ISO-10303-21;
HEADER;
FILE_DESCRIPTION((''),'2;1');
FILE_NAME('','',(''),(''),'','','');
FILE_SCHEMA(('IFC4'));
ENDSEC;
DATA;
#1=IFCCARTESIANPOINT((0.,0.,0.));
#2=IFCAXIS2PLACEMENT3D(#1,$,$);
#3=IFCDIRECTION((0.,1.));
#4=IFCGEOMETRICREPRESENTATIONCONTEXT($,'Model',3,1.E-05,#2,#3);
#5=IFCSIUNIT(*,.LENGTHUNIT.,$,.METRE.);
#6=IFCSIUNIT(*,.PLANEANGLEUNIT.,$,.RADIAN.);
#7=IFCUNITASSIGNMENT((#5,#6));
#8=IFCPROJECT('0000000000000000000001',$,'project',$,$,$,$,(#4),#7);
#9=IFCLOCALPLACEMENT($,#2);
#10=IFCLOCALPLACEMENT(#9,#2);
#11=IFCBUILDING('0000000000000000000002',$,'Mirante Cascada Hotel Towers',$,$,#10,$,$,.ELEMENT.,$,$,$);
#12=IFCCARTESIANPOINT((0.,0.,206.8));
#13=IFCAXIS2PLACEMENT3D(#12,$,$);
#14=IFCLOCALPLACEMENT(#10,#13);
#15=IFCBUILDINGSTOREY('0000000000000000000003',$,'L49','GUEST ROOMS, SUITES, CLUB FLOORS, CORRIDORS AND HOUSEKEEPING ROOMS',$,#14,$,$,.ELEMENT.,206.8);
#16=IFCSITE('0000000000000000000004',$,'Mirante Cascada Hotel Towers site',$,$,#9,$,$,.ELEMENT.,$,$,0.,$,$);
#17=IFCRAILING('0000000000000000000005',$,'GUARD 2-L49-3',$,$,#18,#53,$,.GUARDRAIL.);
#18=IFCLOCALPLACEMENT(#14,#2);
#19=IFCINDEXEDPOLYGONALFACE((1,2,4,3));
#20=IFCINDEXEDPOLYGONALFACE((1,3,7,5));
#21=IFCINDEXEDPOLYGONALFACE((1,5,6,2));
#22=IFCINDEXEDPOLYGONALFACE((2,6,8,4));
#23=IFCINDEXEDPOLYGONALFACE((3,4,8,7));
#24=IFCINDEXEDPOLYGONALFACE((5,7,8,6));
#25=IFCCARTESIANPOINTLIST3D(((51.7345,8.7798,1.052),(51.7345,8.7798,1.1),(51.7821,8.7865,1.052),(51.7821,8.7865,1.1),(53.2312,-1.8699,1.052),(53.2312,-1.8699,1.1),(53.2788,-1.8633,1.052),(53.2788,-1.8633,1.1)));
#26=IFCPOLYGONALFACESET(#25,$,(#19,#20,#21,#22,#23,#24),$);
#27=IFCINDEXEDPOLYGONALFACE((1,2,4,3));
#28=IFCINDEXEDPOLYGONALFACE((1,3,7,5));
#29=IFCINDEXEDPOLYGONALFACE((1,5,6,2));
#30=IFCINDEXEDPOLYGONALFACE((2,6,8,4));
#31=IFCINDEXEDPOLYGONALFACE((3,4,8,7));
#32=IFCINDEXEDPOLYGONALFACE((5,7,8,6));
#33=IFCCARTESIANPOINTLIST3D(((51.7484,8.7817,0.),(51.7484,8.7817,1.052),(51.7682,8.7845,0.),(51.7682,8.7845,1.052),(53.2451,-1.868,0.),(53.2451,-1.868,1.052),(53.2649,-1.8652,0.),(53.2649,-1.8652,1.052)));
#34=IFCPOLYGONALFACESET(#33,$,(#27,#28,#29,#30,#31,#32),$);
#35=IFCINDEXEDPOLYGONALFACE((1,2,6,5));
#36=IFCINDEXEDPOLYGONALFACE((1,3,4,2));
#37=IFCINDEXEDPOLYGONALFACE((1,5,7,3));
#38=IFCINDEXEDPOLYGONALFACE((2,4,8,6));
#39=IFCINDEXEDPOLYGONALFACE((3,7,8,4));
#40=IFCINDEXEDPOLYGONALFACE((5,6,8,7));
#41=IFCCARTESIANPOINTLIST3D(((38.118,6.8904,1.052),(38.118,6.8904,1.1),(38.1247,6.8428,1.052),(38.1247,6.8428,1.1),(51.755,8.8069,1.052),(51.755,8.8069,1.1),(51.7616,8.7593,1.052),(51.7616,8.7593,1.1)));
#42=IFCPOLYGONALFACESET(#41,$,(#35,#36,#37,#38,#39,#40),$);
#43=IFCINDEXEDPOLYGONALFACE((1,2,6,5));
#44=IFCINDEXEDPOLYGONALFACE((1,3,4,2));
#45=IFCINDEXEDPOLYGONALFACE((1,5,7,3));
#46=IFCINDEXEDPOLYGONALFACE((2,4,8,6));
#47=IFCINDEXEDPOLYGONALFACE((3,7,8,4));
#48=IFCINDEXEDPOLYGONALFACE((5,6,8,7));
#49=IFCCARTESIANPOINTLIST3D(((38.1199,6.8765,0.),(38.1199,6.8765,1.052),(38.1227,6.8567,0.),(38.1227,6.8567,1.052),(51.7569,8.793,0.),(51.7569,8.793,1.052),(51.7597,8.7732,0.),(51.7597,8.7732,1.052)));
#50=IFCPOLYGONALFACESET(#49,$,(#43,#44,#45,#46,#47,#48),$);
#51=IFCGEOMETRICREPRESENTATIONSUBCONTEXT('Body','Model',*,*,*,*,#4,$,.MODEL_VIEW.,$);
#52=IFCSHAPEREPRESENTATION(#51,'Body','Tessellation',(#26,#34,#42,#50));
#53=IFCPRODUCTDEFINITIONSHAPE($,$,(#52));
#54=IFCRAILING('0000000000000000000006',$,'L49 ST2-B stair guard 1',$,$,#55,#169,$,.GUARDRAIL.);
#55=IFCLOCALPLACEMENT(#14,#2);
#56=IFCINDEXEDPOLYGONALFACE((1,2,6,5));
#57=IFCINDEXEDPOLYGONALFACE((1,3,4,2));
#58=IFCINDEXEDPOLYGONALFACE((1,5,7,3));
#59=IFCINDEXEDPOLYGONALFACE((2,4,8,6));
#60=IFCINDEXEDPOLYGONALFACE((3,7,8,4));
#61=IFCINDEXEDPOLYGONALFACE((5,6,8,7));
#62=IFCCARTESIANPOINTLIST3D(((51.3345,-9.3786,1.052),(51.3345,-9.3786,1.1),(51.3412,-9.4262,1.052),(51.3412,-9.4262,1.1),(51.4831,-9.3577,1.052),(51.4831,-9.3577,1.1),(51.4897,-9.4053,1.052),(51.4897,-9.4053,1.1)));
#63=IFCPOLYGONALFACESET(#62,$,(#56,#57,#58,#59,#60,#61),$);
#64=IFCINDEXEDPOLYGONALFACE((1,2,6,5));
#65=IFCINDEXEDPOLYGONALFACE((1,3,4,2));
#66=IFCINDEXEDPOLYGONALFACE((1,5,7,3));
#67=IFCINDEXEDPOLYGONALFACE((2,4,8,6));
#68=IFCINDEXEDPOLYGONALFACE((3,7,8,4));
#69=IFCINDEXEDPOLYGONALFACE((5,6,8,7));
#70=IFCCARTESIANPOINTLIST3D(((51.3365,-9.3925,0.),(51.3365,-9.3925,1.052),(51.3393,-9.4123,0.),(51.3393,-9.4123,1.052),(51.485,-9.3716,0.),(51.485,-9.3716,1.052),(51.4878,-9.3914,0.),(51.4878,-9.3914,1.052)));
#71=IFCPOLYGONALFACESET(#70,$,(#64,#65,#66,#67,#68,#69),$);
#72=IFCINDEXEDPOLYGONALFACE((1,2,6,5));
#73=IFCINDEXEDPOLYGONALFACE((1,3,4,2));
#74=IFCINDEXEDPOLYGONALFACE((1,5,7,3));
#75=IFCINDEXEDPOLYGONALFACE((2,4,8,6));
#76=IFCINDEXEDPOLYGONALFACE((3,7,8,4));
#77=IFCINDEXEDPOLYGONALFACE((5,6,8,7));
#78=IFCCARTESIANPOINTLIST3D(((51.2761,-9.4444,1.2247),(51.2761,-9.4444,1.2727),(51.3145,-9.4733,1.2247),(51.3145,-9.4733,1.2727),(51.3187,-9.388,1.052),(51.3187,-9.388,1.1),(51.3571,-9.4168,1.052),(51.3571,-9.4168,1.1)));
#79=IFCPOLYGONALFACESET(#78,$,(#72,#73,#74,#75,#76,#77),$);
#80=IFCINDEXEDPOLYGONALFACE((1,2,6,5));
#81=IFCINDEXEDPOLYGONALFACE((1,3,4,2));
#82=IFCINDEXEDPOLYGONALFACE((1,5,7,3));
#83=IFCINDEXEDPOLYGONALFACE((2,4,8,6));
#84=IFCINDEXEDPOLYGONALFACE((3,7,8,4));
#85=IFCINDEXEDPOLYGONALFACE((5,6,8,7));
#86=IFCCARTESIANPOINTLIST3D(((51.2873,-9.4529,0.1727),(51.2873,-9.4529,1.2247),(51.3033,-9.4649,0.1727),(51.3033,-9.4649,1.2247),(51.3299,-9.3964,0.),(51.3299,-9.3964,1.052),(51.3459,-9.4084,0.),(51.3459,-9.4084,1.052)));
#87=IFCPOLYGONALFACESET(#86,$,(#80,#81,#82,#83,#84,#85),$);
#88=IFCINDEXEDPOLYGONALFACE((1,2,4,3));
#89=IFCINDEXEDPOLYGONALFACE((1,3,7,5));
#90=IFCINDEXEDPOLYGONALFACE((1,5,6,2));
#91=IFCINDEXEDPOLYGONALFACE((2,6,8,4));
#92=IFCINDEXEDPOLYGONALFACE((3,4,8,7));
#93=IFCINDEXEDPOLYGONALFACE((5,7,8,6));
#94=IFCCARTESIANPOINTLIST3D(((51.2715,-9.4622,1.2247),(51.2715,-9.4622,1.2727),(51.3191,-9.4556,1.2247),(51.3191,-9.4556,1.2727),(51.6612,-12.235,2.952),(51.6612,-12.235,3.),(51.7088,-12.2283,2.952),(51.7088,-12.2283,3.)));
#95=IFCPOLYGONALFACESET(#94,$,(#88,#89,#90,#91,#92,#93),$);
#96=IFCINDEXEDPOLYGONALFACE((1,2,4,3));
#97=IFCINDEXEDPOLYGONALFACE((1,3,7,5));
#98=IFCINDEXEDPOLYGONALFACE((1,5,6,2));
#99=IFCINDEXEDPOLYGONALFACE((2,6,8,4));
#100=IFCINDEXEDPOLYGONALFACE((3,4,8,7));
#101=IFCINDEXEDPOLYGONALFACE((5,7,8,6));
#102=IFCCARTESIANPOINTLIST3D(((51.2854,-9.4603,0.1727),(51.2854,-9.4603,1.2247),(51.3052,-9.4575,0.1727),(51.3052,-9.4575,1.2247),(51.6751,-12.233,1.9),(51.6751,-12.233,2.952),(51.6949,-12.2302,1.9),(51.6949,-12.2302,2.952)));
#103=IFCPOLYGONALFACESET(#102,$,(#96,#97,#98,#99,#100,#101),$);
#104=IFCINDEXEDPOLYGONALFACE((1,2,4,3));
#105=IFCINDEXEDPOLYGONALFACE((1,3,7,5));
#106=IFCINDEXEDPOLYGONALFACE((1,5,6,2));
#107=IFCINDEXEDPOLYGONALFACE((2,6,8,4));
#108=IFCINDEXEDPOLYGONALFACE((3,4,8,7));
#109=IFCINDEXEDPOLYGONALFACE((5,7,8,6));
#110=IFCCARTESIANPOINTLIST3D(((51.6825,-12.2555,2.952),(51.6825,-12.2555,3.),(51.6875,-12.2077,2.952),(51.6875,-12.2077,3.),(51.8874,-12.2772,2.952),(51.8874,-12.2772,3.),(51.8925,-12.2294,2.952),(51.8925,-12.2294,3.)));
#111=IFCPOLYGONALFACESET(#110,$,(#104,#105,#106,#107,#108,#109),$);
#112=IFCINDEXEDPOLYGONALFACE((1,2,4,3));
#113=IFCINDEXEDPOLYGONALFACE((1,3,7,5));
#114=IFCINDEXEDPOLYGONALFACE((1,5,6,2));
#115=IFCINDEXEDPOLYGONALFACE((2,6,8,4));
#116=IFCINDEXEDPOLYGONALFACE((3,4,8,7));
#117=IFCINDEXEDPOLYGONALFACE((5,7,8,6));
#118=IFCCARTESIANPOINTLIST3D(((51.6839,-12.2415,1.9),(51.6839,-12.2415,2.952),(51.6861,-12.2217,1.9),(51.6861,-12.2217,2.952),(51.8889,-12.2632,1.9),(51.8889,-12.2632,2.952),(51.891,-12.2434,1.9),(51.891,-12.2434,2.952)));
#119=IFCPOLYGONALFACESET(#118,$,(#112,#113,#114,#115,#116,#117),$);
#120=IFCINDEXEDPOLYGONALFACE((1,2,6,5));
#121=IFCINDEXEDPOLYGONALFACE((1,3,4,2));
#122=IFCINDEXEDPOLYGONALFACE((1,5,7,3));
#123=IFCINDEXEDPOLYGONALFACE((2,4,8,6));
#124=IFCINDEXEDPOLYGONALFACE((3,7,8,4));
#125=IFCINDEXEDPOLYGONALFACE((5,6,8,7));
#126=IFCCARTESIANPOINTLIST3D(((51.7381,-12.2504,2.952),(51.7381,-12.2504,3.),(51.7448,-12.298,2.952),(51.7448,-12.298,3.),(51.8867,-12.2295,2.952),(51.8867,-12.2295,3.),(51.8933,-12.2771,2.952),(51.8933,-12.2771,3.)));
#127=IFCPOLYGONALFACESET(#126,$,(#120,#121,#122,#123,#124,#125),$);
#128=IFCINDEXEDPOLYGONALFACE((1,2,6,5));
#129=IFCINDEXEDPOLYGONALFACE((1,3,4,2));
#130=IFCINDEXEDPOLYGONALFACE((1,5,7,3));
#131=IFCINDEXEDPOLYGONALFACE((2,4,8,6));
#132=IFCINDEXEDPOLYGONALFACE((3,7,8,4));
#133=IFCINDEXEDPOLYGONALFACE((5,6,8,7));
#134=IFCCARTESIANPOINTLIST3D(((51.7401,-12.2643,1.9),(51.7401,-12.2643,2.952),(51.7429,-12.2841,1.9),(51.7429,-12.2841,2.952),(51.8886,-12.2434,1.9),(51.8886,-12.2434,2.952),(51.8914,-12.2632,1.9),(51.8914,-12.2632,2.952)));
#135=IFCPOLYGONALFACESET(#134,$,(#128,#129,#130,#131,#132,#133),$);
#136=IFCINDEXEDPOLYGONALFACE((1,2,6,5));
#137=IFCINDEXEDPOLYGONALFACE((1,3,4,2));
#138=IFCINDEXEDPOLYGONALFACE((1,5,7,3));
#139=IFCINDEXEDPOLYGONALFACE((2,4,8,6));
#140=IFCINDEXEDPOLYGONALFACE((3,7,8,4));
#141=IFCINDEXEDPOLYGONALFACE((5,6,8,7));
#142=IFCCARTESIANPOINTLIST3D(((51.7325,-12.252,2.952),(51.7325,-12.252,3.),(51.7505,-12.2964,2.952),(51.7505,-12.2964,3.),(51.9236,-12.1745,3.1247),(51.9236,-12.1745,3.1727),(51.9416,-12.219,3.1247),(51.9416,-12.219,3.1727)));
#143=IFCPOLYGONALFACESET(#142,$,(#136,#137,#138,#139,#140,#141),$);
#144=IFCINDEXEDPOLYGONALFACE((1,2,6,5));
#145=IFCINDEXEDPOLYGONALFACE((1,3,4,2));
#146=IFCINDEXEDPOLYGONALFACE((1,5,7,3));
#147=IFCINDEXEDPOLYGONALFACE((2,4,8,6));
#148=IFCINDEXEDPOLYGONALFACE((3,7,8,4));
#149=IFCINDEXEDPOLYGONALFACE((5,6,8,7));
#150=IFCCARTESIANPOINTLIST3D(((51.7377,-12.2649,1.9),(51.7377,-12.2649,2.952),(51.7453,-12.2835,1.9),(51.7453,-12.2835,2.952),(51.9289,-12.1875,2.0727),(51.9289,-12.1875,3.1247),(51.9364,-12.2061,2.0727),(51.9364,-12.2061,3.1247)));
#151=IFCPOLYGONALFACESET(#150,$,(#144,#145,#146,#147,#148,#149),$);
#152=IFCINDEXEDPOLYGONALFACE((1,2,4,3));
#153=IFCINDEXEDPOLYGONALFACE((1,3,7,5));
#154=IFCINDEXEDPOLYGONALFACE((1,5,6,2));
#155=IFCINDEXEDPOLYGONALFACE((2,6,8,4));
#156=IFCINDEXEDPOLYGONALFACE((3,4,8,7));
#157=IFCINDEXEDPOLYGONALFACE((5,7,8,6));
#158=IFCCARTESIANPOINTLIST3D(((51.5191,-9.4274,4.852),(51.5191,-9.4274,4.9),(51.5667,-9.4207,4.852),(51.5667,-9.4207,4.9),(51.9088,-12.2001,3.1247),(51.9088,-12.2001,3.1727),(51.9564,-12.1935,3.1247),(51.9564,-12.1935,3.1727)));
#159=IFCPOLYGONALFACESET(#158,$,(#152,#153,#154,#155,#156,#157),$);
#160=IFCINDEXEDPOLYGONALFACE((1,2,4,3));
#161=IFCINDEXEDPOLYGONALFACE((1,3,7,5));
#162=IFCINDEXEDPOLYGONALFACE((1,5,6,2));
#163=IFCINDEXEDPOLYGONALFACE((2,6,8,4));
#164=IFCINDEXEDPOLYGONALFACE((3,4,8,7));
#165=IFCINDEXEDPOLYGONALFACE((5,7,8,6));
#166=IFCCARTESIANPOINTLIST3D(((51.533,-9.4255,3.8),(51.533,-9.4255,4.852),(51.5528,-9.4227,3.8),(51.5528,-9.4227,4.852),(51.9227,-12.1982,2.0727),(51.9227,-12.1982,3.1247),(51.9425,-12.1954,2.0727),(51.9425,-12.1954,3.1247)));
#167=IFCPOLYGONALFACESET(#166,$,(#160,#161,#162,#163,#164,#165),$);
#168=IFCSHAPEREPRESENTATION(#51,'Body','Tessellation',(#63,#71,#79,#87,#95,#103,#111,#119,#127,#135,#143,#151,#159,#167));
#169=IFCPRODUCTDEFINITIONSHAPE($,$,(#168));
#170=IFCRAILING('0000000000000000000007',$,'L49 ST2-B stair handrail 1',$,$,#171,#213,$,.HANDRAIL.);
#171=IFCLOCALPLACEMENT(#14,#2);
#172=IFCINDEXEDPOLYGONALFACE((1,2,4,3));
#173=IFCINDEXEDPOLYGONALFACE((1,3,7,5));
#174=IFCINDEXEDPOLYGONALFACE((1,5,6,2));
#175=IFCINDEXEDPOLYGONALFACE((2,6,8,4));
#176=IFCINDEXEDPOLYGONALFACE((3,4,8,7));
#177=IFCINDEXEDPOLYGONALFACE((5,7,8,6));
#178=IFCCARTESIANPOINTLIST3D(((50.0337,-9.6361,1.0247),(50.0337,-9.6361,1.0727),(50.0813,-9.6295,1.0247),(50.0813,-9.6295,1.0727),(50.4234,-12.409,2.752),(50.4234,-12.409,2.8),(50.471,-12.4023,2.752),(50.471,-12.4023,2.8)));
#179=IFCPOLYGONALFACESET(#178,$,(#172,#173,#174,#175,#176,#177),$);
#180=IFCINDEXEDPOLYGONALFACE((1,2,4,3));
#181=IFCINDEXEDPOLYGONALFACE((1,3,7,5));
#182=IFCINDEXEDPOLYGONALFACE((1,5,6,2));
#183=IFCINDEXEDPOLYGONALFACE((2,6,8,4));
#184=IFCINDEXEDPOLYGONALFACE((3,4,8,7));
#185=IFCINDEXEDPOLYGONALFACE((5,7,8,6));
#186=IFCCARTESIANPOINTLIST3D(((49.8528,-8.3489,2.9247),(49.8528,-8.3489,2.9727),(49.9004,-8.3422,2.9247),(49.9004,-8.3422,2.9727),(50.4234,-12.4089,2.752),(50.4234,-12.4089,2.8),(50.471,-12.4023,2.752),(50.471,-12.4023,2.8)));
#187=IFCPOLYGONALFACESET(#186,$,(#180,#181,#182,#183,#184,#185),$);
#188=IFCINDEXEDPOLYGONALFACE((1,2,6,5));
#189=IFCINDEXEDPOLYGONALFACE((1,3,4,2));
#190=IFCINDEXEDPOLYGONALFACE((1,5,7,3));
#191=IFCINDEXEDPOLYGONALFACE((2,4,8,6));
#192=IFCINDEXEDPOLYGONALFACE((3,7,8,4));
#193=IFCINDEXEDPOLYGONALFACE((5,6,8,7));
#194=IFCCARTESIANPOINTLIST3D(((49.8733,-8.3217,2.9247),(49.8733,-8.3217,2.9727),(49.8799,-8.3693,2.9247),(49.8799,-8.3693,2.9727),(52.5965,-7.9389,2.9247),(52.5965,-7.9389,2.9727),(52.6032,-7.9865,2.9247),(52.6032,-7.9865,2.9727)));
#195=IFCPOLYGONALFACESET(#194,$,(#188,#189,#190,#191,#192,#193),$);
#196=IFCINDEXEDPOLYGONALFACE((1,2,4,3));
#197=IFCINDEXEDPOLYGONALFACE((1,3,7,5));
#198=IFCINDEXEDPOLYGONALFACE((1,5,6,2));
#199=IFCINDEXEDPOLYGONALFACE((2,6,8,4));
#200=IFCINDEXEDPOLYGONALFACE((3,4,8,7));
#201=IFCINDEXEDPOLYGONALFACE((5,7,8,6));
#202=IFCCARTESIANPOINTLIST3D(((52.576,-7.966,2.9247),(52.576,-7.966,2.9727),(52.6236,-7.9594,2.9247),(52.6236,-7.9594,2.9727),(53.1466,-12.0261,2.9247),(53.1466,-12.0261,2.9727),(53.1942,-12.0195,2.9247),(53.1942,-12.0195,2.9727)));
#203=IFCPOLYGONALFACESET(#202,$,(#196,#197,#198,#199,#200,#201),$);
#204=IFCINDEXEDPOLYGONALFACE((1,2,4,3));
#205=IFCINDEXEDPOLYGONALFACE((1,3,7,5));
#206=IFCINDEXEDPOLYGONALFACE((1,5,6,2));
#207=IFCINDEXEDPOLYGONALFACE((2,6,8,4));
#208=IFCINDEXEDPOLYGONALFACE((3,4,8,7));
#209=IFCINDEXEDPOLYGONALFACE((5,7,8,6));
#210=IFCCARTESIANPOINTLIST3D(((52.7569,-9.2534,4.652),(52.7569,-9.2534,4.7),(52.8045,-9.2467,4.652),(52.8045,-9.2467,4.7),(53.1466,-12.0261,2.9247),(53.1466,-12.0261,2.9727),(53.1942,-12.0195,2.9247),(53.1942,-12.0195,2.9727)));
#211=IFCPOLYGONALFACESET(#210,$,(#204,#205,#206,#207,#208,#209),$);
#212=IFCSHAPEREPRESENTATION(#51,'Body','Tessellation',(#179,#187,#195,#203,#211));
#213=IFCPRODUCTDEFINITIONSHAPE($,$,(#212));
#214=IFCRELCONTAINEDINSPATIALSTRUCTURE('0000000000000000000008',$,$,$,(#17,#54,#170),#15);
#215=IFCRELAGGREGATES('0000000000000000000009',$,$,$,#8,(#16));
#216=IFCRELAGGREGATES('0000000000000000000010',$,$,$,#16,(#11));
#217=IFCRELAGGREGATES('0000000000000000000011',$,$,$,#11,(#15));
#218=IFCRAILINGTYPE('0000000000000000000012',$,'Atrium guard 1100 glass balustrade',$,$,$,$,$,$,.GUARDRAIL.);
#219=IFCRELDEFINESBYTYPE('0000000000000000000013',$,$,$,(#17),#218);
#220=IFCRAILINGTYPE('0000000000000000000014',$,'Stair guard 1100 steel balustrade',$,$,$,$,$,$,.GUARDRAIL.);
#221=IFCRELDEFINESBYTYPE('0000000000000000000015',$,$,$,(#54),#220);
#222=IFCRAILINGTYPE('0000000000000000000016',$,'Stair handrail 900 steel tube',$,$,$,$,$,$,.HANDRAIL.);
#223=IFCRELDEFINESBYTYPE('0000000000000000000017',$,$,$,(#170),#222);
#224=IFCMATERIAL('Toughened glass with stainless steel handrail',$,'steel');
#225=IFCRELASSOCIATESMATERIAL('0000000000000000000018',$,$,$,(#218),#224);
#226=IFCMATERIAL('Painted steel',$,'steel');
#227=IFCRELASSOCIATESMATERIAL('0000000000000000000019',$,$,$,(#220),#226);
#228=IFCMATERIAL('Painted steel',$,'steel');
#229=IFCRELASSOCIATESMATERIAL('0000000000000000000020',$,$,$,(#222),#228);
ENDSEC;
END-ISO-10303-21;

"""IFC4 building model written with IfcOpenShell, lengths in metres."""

from ifc_helpers import new_model, si_unit, direction, frame, origin, origin_2d, place, context, subcontext, project, spatial, rectangle, extrude, material, type_object, element, save


model = new_model("IFC4")

# Units and contexts
model_context = context("Model", 3, precision=1e-05, world=origin(), true_north=direction((0.0, 1.0)))
body_context = subcontext(model_context, "Body", "Model", "MODEL_VIEW")
ifc_project = project(units=[si_unit("LENGTHUNIT", "METRE"), si_unit("PLANEANGLEUNIT", "RADIAN")], contexts=[model_context])

# Site, building, storey
site_placement = place(None, origin())
site = spatial("IfcSite", under=ifc_project, at=site_placement, Name="Mirante Cascada Hotel Towers site", CompositionType="ELEMENT", RefElevation=0.0)
building_placement = place(site_placement, origin())
building = spatial("IfcBuilding", under=site, at=building_placement, Name="Mirante Cascada Hotel Towers", CompositionType="ELEMENT")
storey_placement = place(building_placement, frame((0.0, 0.0, 206.8)))
storey = spatial("IfcBuildingStorey", under=building, at=storey_placement, Name="L49", Description="GUEST ROOMS, SUITES, CLUB FLOORS, CORRIDORS AND HOUSEKEEPING ROOMS", CompositionType="ELEMENT", Elevation=206.8)

# Railings
ifc_material_1 = material(Name="Toughened glass with stainless steel handrail", Category="steel")
railing_type_1 = type_object("IfcRailingType", Name="Atrium guard 1100 glass balustrade", PredefinedType="GUARDRAIL", material=ifc_material_1)
railing_1_placement = place(storey_placement, frame((53.255, -1.8666, 0.0)))
element("IfcRailing", 1, at=railing_1_placement, inside=storey, type_object=railing_type_1, Name="GUARD 2-L49-3", PredefinedType="GUARDRAIL", context=body_context, shape_type="SweptSolid", body=[
    extrude(rectangle(XDim=0.048, YDim=0.048, at=origin_2d()), frame((0.0, 0.0, 1.076), z_axis=(-0.139172, 0.990268, 0.0), x_axis=(-0.990268, -0.139172, 0.0)), (0.0, 0.0, 1.0), 10.7544),
    extrude(rectangle(XDim=0.02, YDim=1.052, at=origin_2d()), frame((0.0, 0.0, 0.526), z_axis=(-0.139172, 0.990268, 0.0), x_axis=(-0.990268, -0.139172, 0.0)), (0.0, 0.0, 1.0), 10.7544),
    extrude(rectangle(XDim=0.048, YDim=0.048, at=origin_2d()), frame((-1.4967, 10.6497, 1.076), z_axis=(-0.990269, -0.139169, 0.0), x_axis=(0.139169, -0.990269, 0.0)), (0.0, 0.0, 1.0), 13.771),
    extrude(rectangle(XDim=0.02, YDim=1.052, at=origin_2d()), frame((-1.4967, 10.6497, 0.526), z_axis=(-0.990269, -0.139169, 0.0), x_axis=(0.139169, -0.990269, 0.0)), (0.0, 0.0, 1.0), 13.771),
])
ifc_material_2 = material(Name="Painted steel", Category="steel")
railing_type_2 = type_object("IfcRailingType", Name="Stair guard 1100 steel balustrade", PredefinedType="GUARDRAIL", material=ifc_material_2)
railing_2_placement = place(storey_placement, frame((51.4864, -9.3815, 0.0)))
element("IfcRailing", 2, at=railing_2_placement, inside=storey, type_object=railing_type_2, Name="L49 ST2-B stair guard 1", PredefinedType="GUARDRAIL", context=body_context, shape_type="SweptSolid", body=[
    extrude(rectangle(XDim=0.048, YDim=0.048, at=origin_2d()), frame((0.0, 0.0, 1.076), z_axis=(-0.990241, -0.139367, 0.0), x_axis=(0.139367, -0.990241, 0.0)), (0.0, 0.0, 1.0), 0.15),
    extrude(rectangle(XDim=0.02, YDim=1.052, at=origin_2d()), frame((0.0, 0.0, 0.526), z_axis=(-0.990241, -0.139367, 0.0), x_axis=(0.139367, -0.990241, 0.0)), (0.0, 0.0, 1.0), 0.15),
    extrude(rectangle(XDim=0.048, YDim=0.048, at=origin_2d()), frame((-0.1485, -0.0209, 1.076), z_axis=(-0.602033, -0.798471, 0.0), x_axis=(0.798471, -0.602033, 0.0)), (0.0, 0.92534, 0.379139), 0.1866),
    extrude(rectangle(XDim=0.02, YDim=1.052, at=origin_2d()), frame((-0.1485, -0.0209, 0.526), z_axis=(-0.602033, -0.798471, 0.0), x_axis=(0.798471, -0.602033, 0.0)), (0.0, 0.92534, 0.379139), 0.1866),
    extrude(rectangle(XDim=0.048, YDim=0.048, at=origin_2d()), frame((-0.1911, -0.0774, 1.2487), z_axis=(0.139181, -0.990267, 0.0), x_axis=(0.990267, 0.139181, 0.0)), (0.0, 0.525035, 0.851081), 3.2899),
    extrude(rectangle(XDim=0.02, YDim=1.052, at=origin_2d()), frame((-0.1911, -0.0774, 0.6987), z_axis=(0.139181, -0.990267, 0.0), x_axis=(0.990267, 0.139181, 0.0)), (0.0, 0.525035, 0.851081), 3.2899),
    extrude(rectangle(XDim=0.048, YDim=0.048, at=origin_2d()), frame((0.1986, -2.8501, 2.976), z_axis=(0.994444, -0.105266, 0.0), x_axis=(0.105266, 0.994444, 0.0)), (0.0, 0.0, 1.0), 0.2061),
    extrude(rectangle(XDim=0.02, YDim=1.052, at=origin_2d()), frame((0.1986, -2.8501, 2.426), z_axis=(0.994444, -0.105266, 0.0), x_axis=(0.105266, 0.994444, 0.0)), (0.0, 0.0, 1.0), 0.2061),
    extrude(rectangle(XDim=0.048, YDim=0.048, at=origin_2d()), frame((0.4036, -2.8718, 2.976), z_axis=(-0.990241, -0.139367, 0.0), x_axis=(0.139367, -0.990241, 0.0)), (0.0, 0.0, 1.0), 0.15),
    extrude(rectangle(XDim=0.02, YDim=1.052, at=origin_2d()), frame((0.4036, -2.8718, 2.426), z_axis=(-0.990241, -0.139367, 0.0), x_axis=(0.139367, -0.990241, 0.0)), (0.0, 0.0, 1.0), 0.15),
    extrude(rectangle(XDim=0.048, YDim=0.048, at=origin_2d()), frame((0.2551, -2.8927, 2.976), z_axis=(0.926862, 0.375401, 0.0), x_axis=(-0.375401, 0.926862, 0.0)), (0.0, 0.642122, 0.766603), 0.269),
    extrude(rectangle(XDim=0.02, YDim=1.052, at=origin_2d()), frame((0.2551, -2.8927, 2.426), z_axis=(0.926862, 0.375401, 0.0), x_axis=(-0.375401, 0.926862, 0.0)), (0.0, 0.642122, 0.766603), 0.269),
    extrude(rectangle(XDim=0.048, YDim=0.048, at=origin_2d()), frame((0.4462, -2.8153, 3.1487), z_axis=(-0.139181, 0.990267, 0.0), x_axis=(-0.990267, -0.139181, 0.0)), (0.0, 0.525035, 0.851081), 3.2899),
    extrude(rectangle(XDim=0.02, YDim=1.052, at=origin_2d()), frame((0.4462, -2.8153, 2.5987), z_axis=(-0.139181, 0.990267, 0.0), x_axis=(-0.990267, -0.139181, 0.0)), (0.0, 0.525035, 0.851081), 3.2899),
])
ifc_material_3 = material(Name="Painted steel", Category="steel")
railing_type_3 = type_object("IfcRailingType", Name="Stair handrail 900 steel tube", PredefinedType="HANDRAIL", material=ifc_material_3)
railing_3_placement = place(storey_placement, frame((50.0575, -9.6328, 0.1727)))
element("IfcRailing", 3, at=railing_3_placement, inside=storey, type_object=railing_type_3, Name="L49 ST2-B stair handrail 1", PredefinedType="HANDRAIL", context=body_context, shape_type="SweptSolid", body=[
    extrude(rectangle(XDim=0.048, YDim=0.048, at=origin_2d()), frame((0.0, 0.0, 0.876), z_axis=(0.139176, -0.990268, 0.0), x_axis=(0.990268, 0.139176, 0.0)), (0.0, 0.525021, 0.851089), 3.29),
    extrude(rectangle(XDim=0.048, YDim=0.048, at=origin_2d()), frame((0.3897, -2.7728, 2.6033), z_axis=(-0.139171, 0.990268, 0.0), x_axis=(-0.990268, -0.139171, 0.0)), (0.0, 0.042085, 0.999114), 4.1036),
    extrude(rectangle(XDim=0.048, YDim=0.048, at=origin_2d()), frame((-0.1809, 1.2873, 2.776), z_axis=(0.990264, 0.139201, 0.0), x_axis=(-0.139201, 0.990264, 0.0)), (0.0, 0.0, 1.0), 2.75),
    extrude(rectangle(XDim=0.048, YDim=0.048, at=origin_2d()), frame((2.5423, 1.6701, 2.776), z_axis=(0.139171, -0.990268, 0.0), x_axis=(0.990268, 0.139171, 0.0)), (0.0, 0.0, 1.0), 4.1),
    extrude(rectangle(XDim=0.048, YDim=0.048, at=origin_2d()), frame((3.1129, -2.39, 2.776), z_axis=(-0.139181, 0.990267, 0.0), x_axis=(-0.990267, -0.139181, 0.0)), (0.0, 0.525035, 0.851081), 3.2899),
])

save(model, "model.ifc")
